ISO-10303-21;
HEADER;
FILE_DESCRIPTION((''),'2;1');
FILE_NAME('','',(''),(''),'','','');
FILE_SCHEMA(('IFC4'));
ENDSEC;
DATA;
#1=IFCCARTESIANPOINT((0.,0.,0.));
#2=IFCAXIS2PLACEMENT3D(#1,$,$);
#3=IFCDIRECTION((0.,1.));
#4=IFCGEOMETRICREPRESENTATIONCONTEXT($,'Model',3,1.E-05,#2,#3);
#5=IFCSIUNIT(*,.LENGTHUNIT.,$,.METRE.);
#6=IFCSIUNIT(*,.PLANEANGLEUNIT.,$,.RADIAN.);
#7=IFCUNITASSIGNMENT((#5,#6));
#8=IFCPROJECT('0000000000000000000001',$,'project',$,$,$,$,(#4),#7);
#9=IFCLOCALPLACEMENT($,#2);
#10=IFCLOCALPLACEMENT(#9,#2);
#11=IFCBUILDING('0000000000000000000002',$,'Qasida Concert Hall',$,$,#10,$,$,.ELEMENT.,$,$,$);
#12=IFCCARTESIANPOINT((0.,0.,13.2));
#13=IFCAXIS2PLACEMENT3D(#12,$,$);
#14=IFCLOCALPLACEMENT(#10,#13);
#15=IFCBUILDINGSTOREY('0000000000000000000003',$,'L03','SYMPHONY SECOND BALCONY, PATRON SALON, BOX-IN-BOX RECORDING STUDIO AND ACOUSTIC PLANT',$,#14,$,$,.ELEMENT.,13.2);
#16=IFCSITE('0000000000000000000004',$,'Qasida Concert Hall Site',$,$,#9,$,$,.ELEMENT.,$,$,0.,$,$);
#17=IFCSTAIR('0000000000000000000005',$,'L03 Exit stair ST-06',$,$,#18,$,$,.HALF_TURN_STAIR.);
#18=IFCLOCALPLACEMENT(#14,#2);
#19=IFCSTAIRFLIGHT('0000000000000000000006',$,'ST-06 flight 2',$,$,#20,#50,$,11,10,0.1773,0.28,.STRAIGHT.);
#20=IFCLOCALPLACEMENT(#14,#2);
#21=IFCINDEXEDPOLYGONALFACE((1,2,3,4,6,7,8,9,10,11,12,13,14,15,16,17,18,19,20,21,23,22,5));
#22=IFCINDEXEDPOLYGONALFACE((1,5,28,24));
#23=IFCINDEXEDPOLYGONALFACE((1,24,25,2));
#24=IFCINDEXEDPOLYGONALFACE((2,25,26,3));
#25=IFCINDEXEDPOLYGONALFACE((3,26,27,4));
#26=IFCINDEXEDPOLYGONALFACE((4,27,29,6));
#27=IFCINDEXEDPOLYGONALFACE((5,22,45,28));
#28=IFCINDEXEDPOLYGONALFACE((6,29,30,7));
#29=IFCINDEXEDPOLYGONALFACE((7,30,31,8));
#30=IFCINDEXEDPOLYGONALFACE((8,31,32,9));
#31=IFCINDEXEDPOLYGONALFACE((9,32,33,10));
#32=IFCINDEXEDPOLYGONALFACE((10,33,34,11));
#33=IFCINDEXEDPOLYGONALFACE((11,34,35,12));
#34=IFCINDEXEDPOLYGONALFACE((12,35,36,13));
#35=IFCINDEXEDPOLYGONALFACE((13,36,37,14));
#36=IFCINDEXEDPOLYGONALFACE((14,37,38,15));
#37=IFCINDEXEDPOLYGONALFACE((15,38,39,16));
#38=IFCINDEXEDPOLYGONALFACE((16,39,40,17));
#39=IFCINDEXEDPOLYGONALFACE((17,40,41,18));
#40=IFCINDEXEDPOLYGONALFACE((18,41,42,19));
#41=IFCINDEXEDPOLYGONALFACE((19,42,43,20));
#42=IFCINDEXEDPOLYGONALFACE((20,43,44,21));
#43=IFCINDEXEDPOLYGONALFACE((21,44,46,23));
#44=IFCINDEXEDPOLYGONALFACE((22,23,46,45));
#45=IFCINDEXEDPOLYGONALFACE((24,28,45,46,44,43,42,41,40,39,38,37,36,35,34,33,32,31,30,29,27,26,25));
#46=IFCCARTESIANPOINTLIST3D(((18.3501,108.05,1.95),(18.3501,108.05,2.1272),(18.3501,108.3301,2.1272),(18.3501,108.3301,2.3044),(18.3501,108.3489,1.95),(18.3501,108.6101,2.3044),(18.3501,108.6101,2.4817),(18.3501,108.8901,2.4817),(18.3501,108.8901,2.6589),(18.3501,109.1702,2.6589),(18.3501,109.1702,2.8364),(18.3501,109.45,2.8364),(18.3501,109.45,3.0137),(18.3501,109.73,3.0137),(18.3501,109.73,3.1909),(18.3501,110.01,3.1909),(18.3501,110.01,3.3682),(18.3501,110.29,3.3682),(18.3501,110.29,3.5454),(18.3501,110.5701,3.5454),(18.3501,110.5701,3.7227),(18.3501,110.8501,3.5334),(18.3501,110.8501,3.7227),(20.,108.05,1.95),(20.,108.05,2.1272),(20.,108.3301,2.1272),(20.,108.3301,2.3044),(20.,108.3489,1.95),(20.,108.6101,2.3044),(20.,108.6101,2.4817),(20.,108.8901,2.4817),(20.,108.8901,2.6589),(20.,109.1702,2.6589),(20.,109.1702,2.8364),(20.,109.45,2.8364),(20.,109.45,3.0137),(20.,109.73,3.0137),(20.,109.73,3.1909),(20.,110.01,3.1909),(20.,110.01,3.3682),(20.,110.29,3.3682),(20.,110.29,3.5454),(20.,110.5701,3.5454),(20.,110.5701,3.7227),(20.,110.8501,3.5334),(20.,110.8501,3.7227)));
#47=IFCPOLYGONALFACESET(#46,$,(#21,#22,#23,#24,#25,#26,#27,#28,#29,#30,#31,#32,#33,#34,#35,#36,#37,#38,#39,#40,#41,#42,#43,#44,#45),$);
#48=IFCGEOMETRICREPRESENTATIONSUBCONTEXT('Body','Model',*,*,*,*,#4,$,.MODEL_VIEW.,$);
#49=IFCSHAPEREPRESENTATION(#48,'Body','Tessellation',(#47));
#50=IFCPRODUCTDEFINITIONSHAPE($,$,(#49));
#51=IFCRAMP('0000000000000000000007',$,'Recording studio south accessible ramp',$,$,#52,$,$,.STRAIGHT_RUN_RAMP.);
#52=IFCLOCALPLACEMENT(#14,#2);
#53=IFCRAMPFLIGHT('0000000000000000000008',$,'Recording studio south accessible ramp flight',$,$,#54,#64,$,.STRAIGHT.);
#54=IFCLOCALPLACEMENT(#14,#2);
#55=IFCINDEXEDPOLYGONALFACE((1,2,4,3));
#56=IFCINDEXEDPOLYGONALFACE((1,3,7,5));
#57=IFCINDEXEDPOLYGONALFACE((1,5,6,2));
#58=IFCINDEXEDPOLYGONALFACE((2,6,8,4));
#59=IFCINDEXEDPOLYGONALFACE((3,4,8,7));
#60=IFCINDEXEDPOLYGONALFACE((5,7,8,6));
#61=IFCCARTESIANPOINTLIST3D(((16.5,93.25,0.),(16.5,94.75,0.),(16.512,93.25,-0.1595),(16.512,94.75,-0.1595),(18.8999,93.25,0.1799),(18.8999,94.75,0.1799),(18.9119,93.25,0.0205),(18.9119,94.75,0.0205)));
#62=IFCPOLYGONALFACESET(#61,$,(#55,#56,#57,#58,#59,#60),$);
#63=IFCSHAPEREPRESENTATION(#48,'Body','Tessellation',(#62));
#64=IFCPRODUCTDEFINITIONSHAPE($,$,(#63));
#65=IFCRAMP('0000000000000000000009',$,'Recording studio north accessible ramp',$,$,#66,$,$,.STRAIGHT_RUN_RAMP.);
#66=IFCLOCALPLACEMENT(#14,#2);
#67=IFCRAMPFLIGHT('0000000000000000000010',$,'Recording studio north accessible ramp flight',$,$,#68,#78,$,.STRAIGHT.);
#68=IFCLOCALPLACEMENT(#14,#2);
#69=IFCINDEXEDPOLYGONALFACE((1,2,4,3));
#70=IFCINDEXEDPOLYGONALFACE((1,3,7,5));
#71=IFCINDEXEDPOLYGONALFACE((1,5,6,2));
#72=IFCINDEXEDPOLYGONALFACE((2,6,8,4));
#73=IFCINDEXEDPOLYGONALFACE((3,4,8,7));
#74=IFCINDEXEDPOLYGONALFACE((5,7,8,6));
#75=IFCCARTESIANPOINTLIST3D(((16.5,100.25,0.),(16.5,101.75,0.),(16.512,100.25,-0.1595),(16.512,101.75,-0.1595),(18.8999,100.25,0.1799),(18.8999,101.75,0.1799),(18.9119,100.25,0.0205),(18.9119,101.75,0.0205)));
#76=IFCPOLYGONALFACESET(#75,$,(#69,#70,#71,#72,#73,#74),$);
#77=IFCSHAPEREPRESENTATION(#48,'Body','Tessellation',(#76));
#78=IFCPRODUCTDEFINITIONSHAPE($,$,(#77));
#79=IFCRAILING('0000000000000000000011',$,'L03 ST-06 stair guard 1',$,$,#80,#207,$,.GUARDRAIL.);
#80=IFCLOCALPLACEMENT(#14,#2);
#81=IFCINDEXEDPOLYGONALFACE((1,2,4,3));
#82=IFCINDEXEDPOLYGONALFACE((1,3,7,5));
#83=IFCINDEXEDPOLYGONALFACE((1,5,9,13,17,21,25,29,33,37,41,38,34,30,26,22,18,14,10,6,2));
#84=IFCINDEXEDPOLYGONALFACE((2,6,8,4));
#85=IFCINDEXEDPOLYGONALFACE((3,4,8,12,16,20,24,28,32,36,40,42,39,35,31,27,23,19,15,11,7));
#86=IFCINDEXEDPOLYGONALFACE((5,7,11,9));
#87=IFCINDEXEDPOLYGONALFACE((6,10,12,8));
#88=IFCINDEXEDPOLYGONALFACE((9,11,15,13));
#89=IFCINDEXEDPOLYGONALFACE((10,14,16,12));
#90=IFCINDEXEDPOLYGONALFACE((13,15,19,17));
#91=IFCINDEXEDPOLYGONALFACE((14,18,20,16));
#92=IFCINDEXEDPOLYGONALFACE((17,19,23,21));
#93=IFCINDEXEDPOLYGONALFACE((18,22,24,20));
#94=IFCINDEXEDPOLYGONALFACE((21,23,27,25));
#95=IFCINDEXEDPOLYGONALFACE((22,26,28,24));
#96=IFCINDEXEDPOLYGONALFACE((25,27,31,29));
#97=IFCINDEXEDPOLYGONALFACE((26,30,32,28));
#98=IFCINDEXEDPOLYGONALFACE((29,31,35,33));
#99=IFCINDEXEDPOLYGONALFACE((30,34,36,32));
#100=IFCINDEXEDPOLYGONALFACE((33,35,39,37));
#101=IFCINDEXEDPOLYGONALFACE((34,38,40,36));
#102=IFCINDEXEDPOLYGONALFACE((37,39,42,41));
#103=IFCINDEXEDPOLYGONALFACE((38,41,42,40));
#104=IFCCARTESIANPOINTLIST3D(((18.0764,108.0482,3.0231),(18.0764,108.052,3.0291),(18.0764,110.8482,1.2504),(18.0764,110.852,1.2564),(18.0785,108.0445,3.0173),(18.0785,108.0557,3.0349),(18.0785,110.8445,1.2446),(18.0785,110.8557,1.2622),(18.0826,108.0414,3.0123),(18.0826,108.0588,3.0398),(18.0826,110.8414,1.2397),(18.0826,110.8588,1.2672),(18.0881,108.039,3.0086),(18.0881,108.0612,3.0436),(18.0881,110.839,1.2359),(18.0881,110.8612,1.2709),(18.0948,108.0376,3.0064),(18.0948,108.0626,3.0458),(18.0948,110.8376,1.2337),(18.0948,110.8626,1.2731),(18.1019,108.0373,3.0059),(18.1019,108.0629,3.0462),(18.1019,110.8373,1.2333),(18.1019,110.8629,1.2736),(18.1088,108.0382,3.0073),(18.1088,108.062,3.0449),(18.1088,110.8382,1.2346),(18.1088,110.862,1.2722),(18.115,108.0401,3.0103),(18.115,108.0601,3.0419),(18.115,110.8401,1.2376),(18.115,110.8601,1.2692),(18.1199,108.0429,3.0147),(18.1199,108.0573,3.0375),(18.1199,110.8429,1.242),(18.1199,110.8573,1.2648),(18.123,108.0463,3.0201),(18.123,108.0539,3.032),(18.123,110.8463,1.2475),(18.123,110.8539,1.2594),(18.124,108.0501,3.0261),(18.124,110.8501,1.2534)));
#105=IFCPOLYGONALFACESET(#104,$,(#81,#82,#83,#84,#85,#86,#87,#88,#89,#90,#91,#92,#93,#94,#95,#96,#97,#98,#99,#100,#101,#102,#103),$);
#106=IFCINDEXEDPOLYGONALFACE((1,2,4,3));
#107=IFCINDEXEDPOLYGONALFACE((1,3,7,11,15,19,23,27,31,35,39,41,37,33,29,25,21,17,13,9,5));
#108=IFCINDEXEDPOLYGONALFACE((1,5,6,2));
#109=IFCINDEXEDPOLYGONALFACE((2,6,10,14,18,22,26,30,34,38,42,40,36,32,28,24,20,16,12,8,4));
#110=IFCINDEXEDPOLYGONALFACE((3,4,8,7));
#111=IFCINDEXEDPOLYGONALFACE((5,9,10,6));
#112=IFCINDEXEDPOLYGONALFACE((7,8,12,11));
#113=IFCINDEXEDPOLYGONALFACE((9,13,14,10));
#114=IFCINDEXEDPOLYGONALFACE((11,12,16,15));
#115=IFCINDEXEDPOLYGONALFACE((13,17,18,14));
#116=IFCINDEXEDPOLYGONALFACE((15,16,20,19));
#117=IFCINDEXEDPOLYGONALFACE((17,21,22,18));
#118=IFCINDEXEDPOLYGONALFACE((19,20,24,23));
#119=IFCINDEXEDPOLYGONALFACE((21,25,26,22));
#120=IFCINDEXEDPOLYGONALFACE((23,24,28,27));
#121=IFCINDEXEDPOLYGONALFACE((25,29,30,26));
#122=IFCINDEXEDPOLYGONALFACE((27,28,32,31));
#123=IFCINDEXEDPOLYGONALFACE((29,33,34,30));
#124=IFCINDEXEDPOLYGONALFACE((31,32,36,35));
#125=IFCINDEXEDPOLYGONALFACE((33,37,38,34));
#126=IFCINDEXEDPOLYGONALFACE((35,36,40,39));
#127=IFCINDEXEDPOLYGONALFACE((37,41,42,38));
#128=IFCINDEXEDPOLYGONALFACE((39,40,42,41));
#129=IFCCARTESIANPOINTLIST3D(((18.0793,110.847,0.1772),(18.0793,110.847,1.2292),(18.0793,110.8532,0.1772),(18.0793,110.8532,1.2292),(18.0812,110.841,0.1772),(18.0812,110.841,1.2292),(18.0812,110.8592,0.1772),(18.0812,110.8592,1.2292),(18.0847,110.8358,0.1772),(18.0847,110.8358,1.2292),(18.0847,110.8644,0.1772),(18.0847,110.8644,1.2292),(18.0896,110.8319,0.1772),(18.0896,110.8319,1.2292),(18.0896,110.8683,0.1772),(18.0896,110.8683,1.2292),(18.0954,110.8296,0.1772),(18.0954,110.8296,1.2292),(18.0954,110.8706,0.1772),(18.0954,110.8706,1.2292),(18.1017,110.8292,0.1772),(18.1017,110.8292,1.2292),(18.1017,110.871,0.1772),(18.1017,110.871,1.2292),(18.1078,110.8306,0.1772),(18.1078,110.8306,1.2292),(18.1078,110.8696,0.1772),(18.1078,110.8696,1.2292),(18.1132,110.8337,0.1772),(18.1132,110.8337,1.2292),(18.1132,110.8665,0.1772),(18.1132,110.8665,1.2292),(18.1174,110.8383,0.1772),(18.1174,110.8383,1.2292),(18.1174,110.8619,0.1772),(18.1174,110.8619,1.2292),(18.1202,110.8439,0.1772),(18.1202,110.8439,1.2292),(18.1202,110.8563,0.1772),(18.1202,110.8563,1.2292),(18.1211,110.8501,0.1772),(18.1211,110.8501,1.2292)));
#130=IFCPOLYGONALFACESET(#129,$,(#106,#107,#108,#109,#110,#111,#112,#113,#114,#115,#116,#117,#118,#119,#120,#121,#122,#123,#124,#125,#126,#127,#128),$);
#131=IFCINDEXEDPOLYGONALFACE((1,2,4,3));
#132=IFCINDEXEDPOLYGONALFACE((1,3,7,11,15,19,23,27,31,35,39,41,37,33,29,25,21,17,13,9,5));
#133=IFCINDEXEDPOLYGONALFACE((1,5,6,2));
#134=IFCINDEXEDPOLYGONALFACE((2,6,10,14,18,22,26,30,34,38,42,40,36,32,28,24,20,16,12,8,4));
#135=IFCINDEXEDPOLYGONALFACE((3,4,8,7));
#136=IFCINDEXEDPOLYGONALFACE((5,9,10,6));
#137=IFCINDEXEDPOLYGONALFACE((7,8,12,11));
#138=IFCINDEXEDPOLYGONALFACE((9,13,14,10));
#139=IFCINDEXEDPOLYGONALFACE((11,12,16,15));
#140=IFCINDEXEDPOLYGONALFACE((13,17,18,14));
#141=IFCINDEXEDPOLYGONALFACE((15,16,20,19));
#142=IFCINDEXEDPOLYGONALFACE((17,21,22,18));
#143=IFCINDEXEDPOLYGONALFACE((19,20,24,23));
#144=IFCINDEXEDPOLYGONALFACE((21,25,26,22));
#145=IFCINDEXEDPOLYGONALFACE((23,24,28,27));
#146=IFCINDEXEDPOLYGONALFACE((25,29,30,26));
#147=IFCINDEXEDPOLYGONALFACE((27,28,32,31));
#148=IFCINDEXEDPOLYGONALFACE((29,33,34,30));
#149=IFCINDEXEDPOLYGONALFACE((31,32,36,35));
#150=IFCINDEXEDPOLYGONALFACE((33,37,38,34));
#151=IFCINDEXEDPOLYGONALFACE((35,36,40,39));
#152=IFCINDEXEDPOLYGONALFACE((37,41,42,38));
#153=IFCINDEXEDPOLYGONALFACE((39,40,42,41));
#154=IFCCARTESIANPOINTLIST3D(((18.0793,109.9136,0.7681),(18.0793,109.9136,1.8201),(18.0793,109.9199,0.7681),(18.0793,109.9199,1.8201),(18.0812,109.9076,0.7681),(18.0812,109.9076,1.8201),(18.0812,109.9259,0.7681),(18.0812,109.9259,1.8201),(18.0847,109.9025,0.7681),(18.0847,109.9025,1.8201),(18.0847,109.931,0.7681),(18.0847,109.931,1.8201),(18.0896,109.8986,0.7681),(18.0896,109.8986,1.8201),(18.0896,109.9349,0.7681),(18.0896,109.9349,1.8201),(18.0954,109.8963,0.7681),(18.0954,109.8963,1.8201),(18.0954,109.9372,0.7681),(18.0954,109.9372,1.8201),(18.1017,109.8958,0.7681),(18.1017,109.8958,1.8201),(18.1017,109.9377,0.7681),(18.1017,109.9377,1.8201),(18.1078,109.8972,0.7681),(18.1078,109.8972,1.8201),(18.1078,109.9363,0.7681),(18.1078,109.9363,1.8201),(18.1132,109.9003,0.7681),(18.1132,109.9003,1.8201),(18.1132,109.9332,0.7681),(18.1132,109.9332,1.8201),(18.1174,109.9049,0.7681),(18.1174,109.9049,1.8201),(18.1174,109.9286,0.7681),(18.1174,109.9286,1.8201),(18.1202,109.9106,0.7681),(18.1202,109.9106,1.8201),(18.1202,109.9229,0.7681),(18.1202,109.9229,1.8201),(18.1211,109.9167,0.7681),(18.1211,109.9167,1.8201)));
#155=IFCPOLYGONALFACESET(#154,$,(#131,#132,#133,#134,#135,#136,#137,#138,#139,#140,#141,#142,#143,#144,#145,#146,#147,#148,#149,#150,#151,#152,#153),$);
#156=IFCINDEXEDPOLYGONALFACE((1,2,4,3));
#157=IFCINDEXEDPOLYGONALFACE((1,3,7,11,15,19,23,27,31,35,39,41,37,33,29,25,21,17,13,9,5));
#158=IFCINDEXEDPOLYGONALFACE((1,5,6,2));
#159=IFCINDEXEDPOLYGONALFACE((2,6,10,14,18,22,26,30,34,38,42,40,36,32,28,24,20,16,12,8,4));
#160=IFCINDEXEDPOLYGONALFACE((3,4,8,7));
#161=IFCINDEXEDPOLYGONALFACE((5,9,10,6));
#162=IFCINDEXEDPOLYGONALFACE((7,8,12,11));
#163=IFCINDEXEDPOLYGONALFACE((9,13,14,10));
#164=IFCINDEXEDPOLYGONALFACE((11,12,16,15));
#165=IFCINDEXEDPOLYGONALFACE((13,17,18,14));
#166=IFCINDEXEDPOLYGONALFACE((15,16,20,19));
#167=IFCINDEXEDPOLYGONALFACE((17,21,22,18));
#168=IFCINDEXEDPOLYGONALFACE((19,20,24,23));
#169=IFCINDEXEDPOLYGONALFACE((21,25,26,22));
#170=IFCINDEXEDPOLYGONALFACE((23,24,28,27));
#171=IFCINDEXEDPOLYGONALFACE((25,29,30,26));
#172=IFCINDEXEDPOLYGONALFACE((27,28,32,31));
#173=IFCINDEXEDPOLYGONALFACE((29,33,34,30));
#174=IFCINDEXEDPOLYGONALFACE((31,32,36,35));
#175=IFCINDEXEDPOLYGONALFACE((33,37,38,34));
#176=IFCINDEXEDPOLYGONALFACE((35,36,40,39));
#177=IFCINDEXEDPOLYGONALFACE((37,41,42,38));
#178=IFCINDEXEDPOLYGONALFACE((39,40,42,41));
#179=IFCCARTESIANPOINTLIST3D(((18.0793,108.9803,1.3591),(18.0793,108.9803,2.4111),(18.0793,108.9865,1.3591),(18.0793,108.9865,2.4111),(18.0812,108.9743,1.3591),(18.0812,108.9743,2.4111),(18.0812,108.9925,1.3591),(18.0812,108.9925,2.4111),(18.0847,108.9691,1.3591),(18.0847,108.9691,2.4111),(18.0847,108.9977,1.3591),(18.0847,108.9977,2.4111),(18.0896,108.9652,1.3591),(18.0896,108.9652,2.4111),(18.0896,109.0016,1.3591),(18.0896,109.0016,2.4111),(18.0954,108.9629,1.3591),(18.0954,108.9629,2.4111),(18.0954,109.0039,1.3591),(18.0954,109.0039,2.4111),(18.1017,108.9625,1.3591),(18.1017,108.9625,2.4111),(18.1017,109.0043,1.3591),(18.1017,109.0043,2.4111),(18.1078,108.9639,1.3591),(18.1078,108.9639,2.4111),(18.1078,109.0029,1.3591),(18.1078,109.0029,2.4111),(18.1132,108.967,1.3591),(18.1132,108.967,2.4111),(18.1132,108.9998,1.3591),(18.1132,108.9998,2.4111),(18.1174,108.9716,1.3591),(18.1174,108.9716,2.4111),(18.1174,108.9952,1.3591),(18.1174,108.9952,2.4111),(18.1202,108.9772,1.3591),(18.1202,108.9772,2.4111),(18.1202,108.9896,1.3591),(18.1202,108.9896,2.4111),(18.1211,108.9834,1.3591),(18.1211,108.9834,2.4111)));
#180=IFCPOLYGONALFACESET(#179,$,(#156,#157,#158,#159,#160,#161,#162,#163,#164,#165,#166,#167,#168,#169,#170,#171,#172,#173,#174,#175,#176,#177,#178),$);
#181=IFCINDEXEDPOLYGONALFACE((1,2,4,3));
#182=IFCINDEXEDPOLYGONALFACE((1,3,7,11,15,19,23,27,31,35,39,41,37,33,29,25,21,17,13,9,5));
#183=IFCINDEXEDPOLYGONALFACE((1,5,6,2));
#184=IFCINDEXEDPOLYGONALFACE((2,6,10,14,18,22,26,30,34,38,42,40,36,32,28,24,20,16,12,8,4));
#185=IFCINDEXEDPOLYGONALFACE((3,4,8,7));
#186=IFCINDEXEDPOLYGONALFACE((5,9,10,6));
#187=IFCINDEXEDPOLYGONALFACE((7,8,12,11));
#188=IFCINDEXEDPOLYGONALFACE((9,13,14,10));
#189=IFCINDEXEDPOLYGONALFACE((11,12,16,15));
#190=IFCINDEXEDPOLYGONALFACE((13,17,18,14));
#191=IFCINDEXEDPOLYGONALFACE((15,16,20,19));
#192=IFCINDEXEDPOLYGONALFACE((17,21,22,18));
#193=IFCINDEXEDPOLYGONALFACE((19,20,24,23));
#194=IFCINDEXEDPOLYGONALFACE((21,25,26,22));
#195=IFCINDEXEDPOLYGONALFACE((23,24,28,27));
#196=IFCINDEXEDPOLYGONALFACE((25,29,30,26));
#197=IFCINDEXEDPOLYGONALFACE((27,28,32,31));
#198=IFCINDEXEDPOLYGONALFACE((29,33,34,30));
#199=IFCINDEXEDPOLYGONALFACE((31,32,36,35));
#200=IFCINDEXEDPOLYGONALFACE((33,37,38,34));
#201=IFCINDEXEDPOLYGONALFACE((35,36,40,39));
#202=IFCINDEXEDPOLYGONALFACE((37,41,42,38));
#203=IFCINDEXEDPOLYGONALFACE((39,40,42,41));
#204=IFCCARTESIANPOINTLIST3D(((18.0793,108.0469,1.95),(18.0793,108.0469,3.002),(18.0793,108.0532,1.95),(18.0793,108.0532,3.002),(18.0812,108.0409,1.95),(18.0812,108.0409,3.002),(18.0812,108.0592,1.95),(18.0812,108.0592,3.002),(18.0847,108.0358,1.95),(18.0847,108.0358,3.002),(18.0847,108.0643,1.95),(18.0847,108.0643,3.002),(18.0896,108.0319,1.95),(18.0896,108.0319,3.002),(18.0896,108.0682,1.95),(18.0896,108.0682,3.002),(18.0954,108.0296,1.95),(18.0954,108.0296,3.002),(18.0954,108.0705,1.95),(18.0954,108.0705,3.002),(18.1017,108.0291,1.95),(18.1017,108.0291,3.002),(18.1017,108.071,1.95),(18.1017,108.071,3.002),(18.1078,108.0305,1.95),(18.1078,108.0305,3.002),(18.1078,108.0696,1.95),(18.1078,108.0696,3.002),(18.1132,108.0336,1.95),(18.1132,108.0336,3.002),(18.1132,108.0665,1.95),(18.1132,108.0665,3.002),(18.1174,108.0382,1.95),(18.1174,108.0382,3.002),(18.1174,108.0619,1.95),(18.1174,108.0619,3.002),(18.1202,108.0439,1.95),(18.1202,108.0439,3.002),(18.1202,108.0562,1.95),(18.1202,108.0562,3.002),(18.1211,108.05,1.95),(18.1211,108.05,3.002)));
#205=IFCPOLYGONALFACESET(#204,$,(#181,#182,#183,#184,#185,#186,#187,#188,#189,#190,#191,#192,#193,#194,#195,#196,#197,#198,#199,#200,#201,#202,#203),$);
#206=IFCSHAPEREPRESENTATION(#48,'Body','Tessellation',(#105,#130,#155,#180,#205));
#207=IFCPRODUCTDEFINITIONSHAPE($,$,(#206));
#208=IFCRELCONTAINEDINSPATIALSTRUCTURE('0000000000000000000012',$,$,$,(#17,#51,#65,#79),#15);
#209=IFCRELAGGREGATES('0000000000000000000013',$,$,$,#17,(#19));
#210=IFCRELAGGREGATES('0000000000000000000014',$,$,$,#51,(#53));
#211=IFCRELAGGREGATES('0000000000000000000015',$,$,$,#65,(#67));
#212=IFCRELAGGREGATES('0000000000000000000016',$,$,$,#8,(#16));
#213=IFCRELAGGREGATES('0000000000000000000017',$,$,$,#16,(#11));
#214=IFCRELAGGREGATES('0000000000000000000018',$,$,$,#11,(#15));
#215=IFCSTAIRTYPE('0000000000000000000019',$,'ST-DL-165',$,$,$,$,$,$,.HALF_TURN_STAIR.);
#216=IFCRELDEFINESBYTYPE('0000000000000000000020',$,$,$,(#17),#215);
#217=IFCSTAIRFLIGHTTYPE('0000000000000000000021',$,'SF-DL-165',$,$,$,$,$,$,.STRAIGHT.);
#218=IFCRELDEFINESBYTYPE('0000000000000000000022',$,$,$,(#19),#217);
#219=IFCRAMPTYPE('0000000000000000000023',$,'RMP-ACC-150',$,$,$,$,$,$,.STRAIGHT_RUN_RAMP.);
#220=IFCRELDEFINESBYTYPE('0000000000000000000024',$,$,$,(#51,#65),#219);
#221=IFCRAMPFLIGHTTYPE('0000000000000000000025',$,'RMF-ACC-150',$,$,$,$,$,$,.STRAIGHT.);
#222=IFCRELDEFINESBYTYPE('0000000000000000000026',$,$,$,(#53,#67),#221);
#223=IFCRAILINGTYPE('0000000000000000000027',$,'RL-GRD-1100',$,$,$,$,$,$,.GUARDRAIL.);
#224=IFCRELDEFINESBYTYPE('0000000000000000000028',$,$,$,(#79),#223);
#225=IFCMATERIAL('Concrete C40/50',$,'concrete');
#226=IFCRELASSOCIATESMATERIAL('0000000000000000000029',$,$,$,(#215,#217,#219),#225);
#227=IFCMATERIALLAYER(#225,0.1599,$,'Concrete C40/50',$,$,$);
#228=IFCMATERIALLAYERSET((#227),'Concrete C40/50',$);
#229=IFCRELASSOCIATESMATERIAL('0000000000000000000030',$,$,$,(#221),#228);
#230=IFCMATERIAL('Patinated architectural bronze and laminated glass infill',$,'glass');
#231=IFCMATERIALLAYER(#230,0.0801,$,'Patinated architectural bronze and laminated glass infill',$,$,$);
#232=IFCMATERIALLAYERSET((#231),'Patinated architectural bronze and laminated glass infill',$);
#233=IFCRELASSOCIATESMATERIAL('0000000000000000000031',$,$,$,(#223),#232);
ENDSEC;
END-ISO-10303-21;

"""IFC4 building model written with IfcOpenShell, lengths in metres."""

from ifc_helpers import new_model, si_unit, direction, frame, origin, origin_2d, place, context, subcontext, project, spatial, polyline, circle, outline, extrude, material, layer, layer_set, type_object, element, aggregate, save


model = new_model("IFC4")

# Units and contexts
model_context = context("Model", 3, precision=1e-05, world=origin(), true_north=direction((0.0, 1.0)))
body_context = subcontext(model_context, "Body", "Model", "MODEL_VIEW")
ifc_project = project(units=[si_unit("LENGTHUNIT", "METRE"), si_unit("PLANEANGLEUNIT", "RADIAN")], contexts=[model_context])

# Site, building, storey
site_placement = place(None, origin())
site = spatial("IfcSite", under=ifc_project, at=site_placement, Name="Qasida Concert Hall Site", CompositionType="ELEMENT", RefElevation=0.0)
building_placement = place(site_placement, origin())
building = spatial("IfcBuilding", under=site, at=building_placement, Name="Qasida Concert Hall", CompositionType="ELEMENT")
storey_placement = place(building_placement, frame((0.0, 0.0, 13.2)))
storey = spatial("IfcBuildingStorey", under=building, at=storey_placement, Name="L03", Description="SYMPHONY SECOND BALCONY, PATRON SALON, BOX-IN-BOX RECORDING STUDIO AND ACOUSTIC PLANT", CompositionType="ELEMENT", Elevation=13.2)

# Shared definitions
ifc_material_1 = material(Name="Concrete C40/50", Category="concrete")

# Stair, stair flight
stair_type = type_object("IfcStairType", Name="ST-DL-165", PredefinedType="HALF_TURN_STAIR", material=ifc_material_1)
stair_placement = place(storey_placement, origin())
stair = element("IfcStair", 1, at=stair_placement, inside=storey, type_object=stair_type, Name="L03 Exit stair ST-06", PredefinedType="HALF_TURN_STAIR")
stair_flight_type = type_object("IfcStairFlightType", Name="SF-DL-165", PredefinedType="STRAIGHT", material=ifc_material_1)
stair_flight_1_placement = place(storey_placement, frame((19.175, 108.05, 1.95), z_axis=(0.0, 0.0, 1.0), x_axis=(0.0, 1.0, 0.0)))
stair_flight_1 = element("IfcStairFlight", 2, at=stair_flight_1_placement, type_object=stair_flight_type, Name="ST-06 flight 2", NumberOfRisers=11, NumberOfTreads=10, PredefinedType="STRAIGHT", RiserHeight=0.1773, TreadLength=0.28, context=body_context, shape_type="SweptSolid", body=[
    extrude(outline(polyline([(0.0, 0.0), (0.0, 0.1772), (0.28, 0.1772), (0.28, 0.3545), (0.5601, 0.3545), (0.5601, 0.5317), (0.8401, 0.5317), (0.8401, 0.709), (1.1201, 0.709), (1.1201, 0.8865), (1.3999, 0.8865), (1.3999, 1.0637), (1.6799, 1.0637), (1.6799, 1.241), (1.96, 1.241), (1.96, 1.4182), (2.24, 1.4182), (2.24, 1.5955), (2.52, 1.5955), (2.52, 1.7727), (2.8, 1.7727), (2.8, 1.95), (2.8, 1.5835), (0.2988, 0.0), (0.0, 0.0)])), frame((0.0, 0.825, 0.0), z_axis=(0.0, -1.0, 0.0), x_axis=(1.0, 0.0, 0.0)), (0.0, 0.0, 1.0), 1.6499),
])
aggregate(stair, [stair_flight_1])

# Ramps, ramp flights
ramp_type = type_object("IfcRampType", Name="RMP-ACC-150", PredefinedType="STRAIGHT_RUN_RAMP", material=ifc_material_1)
ramp_1_placement = place(storey_placement, origin())
ramp_1 = element("IfcRamp", 3, at=ramp_1_placement, inside=storey, type_object=ramp_type, Name="Recording studio south accessible ramp", PredefinedType="STRAIGHT_RUN_RAMP")
ifc_layer_1 = layer(ifc_material_1, 0.1599, Name="Concrete C40/50")
ifc_layer_set_1 = layer_set([ifc_layer_1], Name="Concrete C40/50")
ramp_flight_type = type_object("IfcRampFlightType", Name="RMF-ACC-150", PredefinedType="STRAIGHT", material=ifc_layer_set_1)
ramp_flight_1_placement = place(storey_placement, frame((16.5, 93.25, 0.0), z_axis=(-0.074765, 0.0, 0.997201), x_axis=(0.997201, 0.0, 0.074765)))
ramp_flight_1 = element("IfcRampFlight", 4, at=ramp_flight_1_placement, type_object=ramp_flight_type, Name="Recording studio south accessible ramp flight", PredefinedType="STRAIGHT", context=body_context, shape_type="SweptSolid", body=[
    extrude(outline(polyline([(0.0, 0.0), (2.4066, 0.0), (2.4066, 1.5), (0.0, 1.5), (0.0, 0.0)])), origin(), (0.0, 0.0, -1.0), 0.1599),
])
aggregate(ramp_1, [ramp_flight_1])
ramp_2_placement = place(storey_placement, origin())
ramp_2 = element("IfcRamp", 5, at=ramp_2_placement, inside=storey, type_object=ramp_type, Name="Recording studio north accessible ramp", PredefinedType="STRAIGHT_RUN_RAMP")
ramp_flight_2_placement = place(storey_placement, frame((16.5, 100.25, 0.0), z_axis=(-0.074765, 0.0, 0.997201), x_axis=(0.997201, 0.0, 0.074765)))
ramp_flight_2 = element("IfcRampFlight", 6, at=ramp_flight_2_placement, type_object=ramp_flight_type, Name="Recording studio north accessible ramp flight", PredefinedType="STRAIGHT", context=body_context, shape_type="SweptSolid", body=[
    extrude(outline(polyline([(0.0, 0.0), (2.4066, 0.0), (2.4066, 1.5), (0.0, 1.5), (0.0, 0.0)])), origin(), (0.0, 0.0, -1.0), 0.1599),
])
aggregate(ramp_2, [ramp_flight_2])

# Railing
ifc_material_2 = material(Name="Patinated architectural bronze and laminated glass infill", Category="glass")
ifc_layer_2 = layer(ifc_material_2, 0.0801, Name="Patinated architectural bronze and laminated glass infill")
ifc_layer_set_2 = layer_set([ifc_layer_2], Name="Patinated architectural bronze and laminated glass infill")
railing_type_1 = type_object("IfcRailingType", Name="RL-GRD-1100", PredefinedType="GUARDRAIL", material=ifc_layer_set_2)
railing_1_placement = place(storey_placement, frame((18.1001, 110.8501, 0.1772)))
element("IfcRailing", 7, at=railing_1_placement, inside=storey, type_object=railing_type_1, Name="L03 ST-06 stair guard 1", PredefinedType="GUARDRAIL", context=body_context, shape_type="SweptSolid", body=[
    extrude(circle(Radius=0.0239, at=origin_2d()), frame((0.0, 0.0, 1.0762), z_axis=(0.0, -0.844909, 0.53491), x_axis=(1.0, 0.0, 0.0)), (0.0, 0.0, 1.0), 3.314),
    extrude(circle(Radius=0.021, at=origin_2d()), origin(), (0.0, 0.0, 1.0), 1.052),
    extrude(circle(Radius=0.021, at=origin_2d()), frame((0.0, -0.9333, 0.5908)), (0.0, 0.0, 1.0), 1.052),
    extrude(circle(Radius=0.021, at=origin_2d()), frame((0.0, -1.8667, 1.1819)), (0.0, 0.0, 1.0), 1.052),
    extrude(circle(Radius=0.021, at=origin_2d()), frame((0.0, -2.8, 1.7727)), (0.0, 0.0, 1.0), 1.052),
])

save(model, "model.ifc")
